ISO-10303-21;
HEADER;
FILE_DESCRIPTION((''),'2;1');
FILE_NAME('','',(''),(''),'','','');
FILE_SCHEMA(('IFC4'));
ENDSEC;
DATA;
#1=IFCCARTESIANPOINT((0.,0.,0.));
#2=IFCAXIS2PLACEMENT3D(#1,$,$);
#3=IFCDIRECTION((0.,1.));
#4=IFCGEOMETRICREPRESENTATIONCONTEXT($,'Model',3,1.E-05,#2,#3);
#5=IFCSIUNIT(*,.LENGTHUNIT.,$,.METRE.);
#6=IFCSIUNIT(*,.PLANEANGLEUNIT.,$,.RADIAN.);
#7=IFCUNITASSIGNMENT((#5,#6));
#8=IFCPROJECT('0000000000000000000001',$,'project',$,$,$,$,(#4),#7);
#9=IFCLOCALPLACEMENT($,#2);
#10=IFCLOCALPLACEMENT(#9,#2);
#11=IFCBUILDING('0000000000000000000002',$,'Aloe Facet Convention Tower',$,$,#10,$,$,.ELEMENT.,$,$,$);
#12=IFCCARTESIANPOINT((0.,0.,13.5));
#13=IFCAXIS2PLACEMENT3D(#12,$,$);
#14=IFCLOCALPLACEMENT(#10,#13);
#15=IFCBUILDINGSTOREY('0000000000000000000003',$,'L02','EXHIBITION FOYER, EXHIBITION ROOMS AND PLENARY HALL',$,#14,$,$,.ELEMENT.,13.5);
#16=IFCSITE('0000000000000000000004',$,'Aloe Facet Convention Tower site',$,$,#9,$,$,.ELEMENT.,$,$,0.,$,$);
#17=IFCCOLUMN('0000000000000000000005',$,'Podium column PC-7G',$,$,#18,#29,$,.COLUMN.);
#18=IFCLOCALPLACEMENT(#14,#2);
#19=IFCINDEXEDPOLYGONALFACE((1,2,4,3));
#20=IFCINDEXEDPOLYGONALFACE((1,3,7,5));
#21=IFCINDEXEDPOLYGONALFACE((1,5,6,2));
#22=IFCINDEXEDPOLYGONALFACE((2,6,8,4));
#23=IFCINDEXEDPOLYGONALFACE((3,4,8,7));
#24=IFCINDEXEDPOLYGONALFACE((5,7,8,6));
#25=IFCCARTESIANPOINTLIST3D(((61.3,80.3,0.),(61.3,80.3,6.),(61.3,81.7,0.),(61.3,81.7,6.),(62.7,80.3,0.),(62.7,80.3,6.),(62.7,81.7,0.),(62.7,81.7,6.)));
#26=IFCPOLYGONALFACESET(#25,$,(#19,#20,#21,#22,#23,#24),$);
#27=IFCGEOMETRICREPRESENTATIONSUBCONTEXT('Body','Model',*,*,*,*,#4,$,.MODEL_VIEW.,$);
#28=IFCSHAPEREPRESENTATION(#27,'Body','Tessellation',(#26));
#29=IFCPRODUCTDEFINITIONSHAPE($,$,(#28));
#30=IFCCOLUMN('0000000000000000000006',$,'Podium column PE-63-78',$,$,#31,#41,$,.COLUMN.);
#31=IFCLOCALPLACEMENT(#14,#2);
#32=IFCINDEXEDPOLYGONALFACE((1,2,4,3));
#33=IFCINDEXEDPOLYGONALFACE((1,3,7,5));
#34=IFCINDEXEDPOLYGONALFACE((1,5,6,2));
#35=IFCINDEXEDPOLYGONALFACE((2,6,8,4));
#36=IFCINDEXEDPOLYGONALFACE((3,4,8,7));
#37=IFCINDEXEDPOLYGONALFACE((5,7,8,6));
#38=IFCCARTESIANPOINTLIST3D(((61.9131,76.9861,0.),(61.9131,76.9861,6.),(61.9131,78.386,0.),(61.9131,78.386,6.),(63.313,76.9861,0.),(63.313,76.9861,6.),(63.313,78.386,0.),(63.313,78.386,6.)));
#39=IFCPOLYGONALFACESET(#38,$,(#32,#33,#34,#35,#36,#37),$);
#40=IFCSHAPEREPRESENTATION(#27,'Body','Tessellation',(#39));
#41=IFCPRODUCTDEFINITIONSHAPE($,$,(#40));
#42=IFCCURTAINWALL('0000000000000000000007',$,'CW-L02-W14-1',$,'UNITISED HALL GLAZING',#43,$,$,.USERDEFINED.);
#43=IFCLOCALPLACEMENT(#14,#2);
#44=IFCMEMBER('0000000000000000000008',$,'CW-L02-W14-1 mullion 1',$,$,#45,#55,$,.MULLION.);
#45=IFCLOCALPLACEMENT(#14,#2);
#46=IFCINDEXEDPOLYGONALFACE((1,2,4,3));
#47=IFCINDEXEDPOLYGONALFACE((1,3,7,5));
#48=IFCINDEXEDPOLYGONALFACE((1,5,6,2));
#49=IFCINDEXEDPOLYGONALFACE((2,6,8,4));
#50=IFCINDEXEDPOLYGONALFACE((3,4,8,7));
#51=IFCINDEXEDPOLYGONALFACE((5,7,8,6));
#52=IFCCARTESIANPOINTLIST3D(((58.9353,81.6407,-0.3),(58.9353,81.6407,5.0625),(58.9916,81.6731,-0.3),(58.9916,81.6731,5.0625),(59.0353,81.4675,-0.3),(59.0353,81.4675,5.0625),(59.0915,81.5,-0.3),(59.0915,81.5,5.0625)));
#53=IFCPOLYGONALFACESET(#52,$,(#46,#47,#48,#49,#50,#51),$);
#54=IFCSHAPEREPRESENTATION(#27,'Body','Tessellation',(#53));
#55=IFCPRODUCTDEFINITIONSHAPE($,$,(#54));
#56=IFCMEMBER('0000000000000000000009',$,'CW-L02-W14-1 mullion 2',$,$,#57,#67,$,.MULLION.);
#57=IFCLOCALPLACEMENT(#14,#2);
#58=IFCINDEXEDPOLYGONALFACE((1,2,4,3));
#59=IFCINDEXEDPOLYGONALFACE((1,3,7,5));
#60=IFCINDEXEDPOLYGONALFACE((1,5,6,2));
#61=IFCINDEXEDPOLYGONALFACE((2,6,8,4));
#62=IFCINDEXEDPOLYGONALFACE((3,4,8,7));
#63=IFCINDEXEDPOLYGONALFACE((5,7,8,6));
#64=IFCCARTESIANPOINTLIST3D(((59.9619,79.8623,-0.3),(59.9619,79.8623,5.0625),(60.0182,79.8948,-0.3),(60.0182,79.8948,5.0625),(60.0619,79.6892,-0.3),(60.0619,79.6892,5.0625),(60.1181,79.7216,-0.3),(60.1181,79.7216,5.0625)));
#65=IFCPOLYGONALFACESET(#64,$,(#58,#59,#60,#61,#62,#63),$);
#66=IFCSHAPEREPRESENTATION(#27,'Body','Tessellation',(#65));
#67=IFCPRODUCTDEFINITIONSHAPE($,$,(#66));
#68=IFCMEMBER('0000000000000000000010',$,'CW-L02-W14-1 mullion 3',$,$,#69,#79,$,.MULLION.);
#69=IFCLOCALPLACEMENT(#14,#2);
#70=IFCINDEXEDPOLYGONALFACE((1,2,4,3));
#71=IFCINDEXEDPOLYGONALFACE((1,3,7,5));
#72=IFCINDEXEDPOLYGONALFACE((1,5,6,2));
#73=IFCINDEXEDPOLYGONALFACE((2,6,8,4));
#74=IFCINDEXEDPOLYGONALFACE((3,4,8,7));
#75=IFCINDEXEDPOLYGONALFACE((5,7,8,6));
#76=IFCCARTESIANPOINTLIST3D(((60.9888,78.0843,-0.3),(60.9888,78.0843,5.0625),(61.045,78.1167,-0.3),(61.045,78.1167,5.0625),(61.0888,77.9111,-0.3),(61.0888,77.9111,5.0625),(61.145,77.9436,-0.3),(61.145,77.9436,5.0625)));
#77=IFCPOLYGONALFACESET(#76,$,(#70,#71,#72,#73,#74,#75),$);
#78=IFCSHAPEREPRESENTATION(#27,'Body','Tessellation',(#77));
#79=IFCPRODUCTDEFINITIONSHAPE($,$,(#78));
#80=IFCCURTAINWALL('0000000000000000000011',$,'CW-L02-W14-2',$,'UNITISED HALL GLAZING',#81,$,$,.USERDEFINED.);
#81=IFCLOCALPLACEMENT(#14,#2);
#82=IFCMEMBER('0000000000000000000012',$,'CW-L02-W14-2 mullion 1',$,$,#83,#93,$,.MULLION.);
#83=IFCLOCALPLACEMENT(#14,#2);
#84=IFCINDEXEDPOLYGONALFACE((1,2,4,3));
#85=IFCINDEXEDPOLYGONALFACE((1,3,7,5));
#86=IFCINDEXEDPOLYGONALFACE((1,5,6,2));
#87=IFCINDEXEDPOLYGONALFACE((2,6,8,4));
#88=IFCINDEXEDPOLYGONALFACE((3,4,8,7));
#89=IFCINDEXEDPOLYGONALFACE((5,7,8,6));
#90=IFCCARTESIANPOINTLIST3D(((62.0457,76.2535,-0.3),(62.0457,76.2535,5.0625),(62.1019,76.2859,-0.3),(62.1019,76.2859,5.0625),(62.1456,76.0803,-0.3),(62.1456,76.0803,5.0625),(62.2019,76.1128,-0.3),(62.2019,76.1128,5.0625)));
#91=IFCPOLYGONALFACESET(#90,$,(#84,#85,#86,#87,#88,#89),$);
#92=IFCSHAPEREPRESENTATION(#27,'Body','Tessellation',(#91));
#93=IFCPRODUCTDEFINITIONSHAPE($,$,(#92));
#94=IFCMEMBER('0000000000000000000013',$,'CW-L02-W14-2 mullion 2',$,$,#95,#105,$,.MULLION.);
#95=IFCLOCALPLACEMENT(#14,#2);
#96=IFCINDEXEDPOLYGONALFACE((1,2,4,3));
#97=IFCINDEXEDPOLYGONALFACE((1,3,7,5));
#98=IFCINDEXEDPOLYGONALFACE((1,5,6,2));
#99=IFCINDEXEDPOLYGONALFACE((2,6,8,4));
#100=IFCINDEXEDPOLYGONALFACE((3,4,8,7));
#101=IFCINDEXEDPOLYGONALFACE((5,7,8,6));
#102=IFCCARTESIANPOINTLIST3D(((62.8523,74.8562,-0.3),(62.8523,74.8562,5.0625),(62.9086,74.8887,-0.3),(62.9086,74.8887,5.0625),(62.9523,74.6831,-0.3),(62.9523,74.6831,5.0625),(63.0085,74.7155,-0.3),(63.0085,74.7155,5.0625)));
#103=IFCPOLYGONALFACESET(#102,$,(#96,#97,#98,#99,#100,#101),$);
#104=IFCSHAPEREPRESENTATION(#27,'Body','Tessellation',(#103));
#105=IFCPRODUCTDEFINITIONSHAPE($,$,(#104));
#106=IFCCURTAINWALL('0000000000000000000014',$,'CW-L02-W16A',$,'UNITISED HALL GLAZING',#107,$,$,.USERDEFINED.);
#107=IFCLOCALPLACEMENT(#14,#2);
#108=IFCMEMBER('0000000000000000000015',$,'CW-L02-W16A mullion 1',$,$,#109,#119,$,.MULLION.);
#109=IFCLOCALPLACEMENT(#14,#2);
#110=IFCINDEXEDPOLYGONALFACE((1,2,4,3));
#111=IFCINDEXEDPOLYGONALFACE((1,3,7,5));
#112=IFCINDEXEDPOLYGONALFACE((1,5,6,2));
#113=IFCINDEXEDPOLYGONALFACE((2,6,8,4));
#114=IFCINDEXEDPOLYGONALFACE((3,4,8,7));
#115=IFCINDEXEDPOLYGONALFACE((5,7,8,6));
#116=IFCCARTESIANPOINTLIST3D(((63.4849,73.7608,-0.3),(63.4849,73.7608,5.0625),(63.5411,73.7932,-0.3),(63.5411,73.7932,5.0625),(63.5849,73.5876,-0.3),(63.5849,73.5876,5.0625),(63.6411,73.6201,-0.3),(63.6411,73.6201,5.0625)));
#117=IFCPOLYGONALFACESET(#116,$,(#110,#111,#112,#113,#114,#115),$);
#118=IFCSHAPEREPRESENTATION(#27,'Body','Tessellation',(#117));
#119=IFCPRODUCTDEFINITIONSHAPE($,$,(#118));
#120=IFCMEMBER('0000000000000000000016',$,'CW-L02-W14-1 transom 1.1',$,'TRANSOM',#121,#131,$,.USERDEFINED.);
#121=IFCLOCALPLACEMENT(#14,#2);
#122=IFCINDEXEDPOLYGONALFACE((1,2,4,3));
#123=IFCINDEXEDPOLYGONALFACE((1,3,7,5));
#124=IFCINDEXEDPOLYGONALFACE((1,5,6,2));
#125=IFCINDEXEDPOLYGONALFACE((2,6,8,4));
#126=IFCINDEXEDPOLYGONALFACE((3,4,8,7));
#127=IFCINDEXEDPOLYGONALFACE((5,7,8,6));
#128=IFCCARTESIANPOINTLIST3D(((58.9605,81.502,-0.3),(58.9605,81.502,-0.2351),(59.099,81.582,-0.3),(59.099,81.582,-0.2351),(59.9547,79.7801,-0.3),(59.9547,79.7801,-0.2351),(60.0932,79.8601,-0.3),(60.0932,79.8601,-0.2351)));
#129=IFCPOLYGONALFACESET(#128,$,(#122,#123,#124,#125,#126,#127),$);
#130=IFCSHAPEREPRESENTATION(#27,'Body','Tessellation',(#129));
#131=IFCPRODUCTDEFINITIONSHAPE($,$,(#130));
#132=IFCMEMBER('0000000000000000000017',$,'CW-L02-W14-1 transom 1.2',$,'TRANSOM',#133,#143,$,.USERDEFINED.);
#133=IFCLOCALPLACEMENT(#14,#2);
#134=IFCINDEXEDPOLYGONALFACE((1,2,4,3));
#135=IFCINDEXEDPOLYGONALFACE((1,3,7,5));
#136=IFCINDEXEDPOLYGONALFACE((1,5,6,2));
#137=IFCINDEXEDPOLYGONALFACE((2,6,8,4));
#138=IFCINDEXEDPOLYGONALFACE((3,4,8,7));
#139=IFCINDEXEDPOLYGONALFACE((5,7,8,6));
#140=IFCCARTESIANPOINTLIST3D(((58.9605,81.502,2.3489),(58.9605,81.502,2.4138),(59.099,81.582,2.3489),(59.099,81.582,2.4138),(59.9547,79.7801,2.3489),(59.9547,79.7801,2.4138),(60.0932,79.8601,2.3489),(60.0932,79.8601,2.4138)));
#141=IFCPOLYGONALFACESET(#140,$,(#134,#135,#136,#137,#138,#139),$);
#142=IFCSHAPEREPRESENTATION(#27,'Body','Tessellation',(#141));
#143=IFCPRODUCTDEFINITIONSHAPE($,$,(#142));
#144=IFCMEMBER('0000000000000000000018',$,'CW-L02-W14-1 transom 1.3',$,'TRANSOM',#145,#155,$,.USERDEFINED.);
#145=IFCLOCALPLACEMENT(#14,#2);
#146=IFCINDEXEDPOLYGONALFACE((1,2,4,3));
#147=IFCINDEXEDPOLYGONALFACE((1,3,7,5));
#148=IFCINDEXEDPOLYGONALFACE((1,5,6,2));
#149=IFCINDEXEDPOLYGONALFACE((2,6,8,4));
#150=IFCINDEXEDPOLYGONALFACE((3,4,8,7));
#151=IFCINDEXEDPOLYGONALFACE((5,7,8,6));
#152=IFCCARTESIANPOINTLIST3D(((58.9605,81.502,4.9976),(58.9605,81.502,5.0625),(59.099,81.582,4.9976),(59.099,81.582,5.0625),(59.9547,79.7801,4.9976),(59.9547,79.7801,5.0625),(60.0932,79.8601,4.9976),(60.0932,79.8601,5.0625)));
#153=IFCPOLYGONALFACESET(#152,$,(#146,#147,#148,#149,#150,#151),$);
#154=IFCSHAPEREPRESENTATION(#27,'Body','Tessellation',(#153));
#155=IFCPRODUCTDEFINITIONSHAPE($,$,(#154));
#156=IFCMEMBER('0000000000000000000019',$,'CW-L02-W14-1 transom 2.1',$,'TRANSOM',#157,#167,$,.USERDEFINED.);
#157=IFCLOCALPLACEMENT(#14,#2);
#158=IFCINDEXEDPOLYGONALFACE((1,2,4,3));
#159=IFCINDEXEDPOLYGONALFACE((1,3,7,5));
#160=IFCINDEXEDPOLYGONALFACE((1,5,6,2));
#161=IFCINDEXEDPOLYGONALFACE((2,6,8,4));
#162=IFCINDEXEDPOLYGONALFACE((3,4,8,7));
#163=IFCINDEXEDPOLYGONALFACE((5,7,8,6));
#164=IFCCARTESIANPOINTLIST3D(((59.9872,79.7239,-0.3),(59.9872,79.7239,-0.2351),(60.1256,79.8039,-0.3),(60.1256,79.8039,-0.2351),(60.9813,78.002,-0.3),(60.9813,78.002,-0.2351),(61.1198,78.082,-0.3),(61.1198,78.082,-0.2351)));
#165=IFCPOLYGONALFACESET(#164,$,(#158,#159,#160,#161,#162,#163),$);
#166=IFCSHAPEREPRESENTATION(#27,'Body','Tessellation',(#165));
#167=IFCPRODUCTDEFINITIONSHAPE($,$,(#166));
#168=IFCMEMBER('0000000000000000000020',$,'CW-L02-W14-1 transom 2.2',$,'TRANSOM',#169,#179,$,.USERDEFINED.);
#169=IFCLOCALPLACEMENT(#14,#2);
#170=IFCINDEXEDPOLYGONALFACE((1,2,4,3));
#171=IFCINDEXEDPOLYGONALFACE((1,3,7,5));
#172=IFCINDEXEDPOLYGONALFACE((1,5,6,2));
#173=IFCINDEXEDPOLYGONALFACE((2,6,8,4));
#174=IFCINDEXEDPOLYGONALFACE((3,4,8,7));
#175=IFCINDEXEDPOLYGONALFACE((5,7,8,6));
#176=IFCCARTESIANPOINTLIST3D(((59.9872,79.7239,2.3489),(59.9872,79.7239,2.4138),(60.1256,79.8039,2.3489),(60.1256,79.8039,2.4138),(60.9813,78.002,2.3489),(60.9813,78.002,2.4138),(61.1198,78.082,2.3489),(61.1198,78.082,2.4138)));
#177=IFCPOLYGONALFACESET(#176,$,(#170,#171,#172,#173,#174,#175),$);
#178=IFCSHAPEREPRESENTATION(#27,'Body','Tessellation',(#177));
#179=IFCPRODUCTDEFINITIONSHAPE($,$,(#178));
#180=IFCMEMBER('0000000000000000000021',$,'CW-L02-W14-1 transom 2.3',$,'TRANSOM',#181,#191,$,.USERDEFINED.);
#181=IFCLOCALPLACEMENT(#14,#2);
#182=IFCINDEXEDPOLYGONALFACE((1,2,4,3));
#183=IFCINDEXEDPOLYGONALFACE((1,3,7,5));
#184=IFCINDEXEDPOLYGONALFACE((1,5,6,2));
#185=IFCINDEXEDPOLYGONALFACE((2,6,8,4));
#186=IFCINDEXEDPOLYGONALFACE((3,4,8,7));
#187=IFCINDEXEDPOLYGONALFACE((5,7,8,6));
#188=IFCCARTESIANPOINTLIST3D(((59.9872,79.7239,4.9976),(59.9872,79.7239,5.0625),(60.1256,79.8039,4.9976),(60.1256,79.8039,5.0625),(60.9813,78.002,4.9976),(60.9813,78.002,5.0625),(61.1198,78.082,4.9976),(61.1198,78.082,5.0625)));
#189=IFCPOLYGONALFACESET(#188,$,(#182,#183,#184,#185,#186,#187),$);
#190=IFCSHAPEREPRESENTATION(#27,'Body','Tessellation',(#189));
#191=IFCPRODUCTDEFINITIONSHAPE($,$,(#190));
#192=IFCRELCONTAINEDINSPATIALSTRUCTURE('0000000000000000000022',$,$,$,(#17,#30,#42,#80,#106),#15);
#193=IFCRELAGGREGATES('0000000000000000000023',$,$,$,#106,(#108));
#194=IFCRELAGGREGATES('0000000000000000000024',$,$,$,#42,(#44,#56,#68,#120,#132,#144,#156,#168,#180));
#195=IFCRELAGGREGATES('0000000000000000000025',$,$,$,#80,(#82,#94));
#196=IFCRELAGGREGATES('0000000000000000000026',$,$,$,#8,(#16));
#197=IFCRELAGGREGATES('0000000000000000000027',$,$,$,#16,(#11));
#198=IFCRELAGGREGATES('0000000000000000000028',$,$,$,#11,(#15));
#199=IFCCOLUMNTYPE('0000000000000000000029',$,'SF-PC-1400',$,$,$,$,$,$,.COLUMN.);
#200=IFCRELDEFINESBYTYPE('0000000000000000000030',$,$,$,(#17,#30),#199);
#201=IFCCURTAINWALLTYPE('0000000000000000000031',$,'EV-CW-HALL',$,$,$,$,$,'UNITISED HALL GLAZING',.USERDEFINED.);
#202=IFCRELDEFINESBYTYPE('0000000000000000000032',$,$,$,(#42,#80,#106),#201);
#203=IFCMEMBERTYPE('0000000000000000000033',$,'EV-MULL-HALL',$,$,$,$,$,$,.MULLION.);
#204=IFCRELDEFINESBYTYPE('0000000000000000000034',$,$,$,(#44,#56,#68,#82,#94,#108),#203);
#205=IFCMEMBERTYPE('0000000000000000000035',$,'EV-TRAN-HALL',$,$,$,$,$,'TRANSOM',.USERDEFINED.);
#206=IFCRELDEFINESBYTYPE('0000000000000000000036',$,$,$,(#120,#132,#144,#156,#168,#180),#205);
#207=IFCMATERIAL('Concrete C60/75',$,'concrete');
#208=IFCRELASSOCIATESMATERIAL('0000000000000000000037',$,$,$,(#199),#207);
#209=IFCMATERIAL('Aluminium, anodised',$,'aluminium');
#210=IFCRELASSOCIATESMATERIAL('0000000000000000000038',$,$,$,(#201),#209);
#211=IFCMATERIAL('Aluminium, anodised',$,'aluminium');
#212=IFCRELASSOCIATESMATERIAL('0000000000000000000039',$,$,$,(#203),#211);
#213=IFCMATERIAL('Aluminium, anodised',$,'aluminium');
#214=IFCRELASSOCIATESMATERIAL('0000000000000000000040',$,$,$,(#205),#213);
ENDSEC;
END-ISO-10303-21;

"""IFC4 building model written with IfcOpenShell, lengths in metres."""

from ifc_helpers import new_model, si_unit, direction, frame, origin, origin_2d, place, context, subcontext, project, spatial, rectangle, extrude, material, material_profile, profile_set, type_object, element, aggregate, save


model = new_model("IFC4")

# Units and contexts
model_context = context("Model", 3, precision=1e-05, world=origin(), true_north=direction((0.0, 1.0)))
body_context = subcontext(model_context, "Body", "Model", "MODEL_VIEW")
ifc_project = project(units=[si_unit("LENGTHUNIT", "METRE"), si_unit("PLANEANGLEUNIT", "RADIAN")], contexts=[model_context])

# Site, building, storey
site_placement = place(None, origin())
site = spatial("IfcSite", under=ifc_project, at=site_placement, Name="Aloe Facet Convention Tower site", CompositionType="ELEMENT", RefElevation=0.0)
building_placement = place(site_placement, origin())
building = spatial("IfcBuilding", under=site, at=building_placement, Name="Aloe Facet Convention Tower", CompositionType="ELEMENT")
storey_placement = place(building_placement, frame((0.0, 0.0, 13.5)))
storey = spatial("IfcBuildingStorey", under=building, at=storey_placement, Name="L02", Description="EXHIBITION FOYER, EXHIBITION ROOMS AND PLENARY HALL", CompositionType="ELEMENT", Elevation=13.5)

# Columns
ifc_material_1 = material(Name="Concrete C60/75", Category="concrete")
ifc_material_profile_1 = material_profile(ifc_material_1, rectangle(XDim=1.3999, YDim=1.3999, at=origin_2d()), Name="SF-PC-1400")
ifc_profile_set_1 = profile_set([ifc_material_profile_1], Name="Concrete C60/75")
column_type = type_object("IfcColumnType", Name="SF-PC-1400", PredefinedType="COLUMN", material=ifc_profile_set_1)
for number, where, z_axis, x_axis, name in (
    (1, (62.0, 81.0, 0.0), (0.0, 0.0, 1.0), (1.0, 0.0, 0.0), "Podium column PC-7G"),
    (2, (62.613, 77.686, 0.0), (0.0, 0.0, 1.0), (1.0, 0.0, 0.0), "Podium column PE-63-78"),
):
    element("IfcColumn", number, at=place(storey_placement, frame(where, z_axis=z_axis, x_axis=x_axis)), inside=storey, type_object=column_type, Name=name, PredefinedType="COLUMN", context=body_context, shape_type="SweptSolid", body=[
        extrude(rectangle(XDim=1.3999, YDim=1.3999, at=origin_2d()), origin(), (0.0, 0.0, 1.0), 6.0),
    ])

# Curtain walls, members
ifc_material_2 = material(Name="Aluminium, anodised", Category="aluminium")
curtain_wall_type = type_object("IfcCurtainWallType", Name="EV-CW-HALL", ElementType="UNITISED HALL GLAZING", PredefinedType="USERDEFINED", material=ifc_material_2)
curtain_wall_1_placement = place(storey_placement, origin())
curtain_wall_1 = element("IfcCurtainWall", 3, at=curtain_wall_1_placement, inside=storey, type_object=curtain_wall_type, Name="CW-L02-W14-1", ObjectType="UNITISED HALL GLAZING", PredefinedType="USERDEFINED")
ifc_material_3 = material(Name="Aluminium, anodised", Category="aluminium")
ifc_material_profile_2 = material_profile(ifc_material_3, rectangle(XDim=0.0649, YDim=0.2, at=origin_2d()), Name="AL 65x200")
ifc_profile_set_2 = profile_set([ifc_material_profile_2], Name="Aluminium, anodised")
member_type_1 = type_object("IfcMemberType", Name="EV-MULL-HALL", PredefinedType="MULLION", material=ifc_profile_set_2)
member_1_placement = place(storey_placement, frame((59.0134, 81.5703, -0.3), z_axis=(0.0, 0.0, 1.0), x_axis=(0.866025, 0.5, 0.0)))
member_1 = element("IfcMember", 4, at=member_1_placement, type_object=member_type_1, Name="CW-L02-W14-1 mullion 1", PredefinedType="MULLION", context=body_context, shape_type="SweptSolid", body=[
    extrude(rectangle(XDim=0.0649, YDim=0.2, at=origin_2d()), origin(), (0.0, 0.0, 1.0), 5.3625),
])
member_2_placement = place(storey_placement, frame((60.04, 79.792, -0.3), z_axis=(0.0, 0.0, 1.0), x_axis=(0.866025, 0.5, 0.0)))
member_2 = element("IfcMember", 5, at=member_2_placement, type_object=member_type_1, Name="CW-L02-W14-1 mullion 2", PredefinedType="MULLION", context=body_context, shape_type="SweptSolid", body=[
    extrude(rectangle(XDim=0.0649, YDim=0.2, at=origin_2d()), origin(), (0.0, 0.0, 1.0), 5.3625),
])
member_3_placement = place(storey_placement, frame((61.0669, 78.0139, -0.3), z_axis=(0.0, 0.0, 1.0), x_axis=(0.866025, 0.5, 0.0)))
member_3 = element("IfcMember", 6, at=member_3_placement, type_object=member_type_1, Name="CW-L02-W14-1 mullion 3", PredefinedType="MULLION", context=body_context, shape_type="SweptSolid", body=[
    extrude(rectangle(XDim=0.0649, YDim=0.2, at=origin_2d()), origin(), (0.0, 0.0, 1.0), 5.3625),
])
curtain_wall_2_placement = place(storey_placement, origin())
curtain_wall_2 = element("IfcCurtainWall", 7, at=curtain_wall_2_placement, inside=storey, type_object=curtain_wall_type, Name="CW-L02-W14-2", ObjectType="UNITISED HALL GLAZING", PredefinedType="USERDEFINED")
member_4_placement = place(storey_placement, frame((62.1238, 76.1831, -0.3), z_axis=(0.0, 0.0, 1.0), x_axis=(0.866025, 0.5, 0.0)))
member_4 = element("IfcMember", 8, at=member_4_placement, type_object=member_type_1, Name="CW-L02-W14-2 mullion 1", PredefinedType="MULLION", context=body_context, shape_type="SweptSolid", body=[
    extrude(rectangle(XDim=0.0649, YDim=0.2, at=origin_2d()), origin(), (0.0, 0.0, 1.0), 5.3625),
])
member_5_placement = place(storey_placement, frame((62.9304, 74.7859, -0.3), z_axis=(0.0, 0.0, 1.0), x_axis=(0.866025, 0.5, 0.0)))
member_5 = element("IfcMember", 9, at=member_5_placement, type_object=member_type_1, Name="CW-L02-W14-2 mullion 2", PredefinedType="MULLION", context=body_context, shape_type="SweptSolid", body=[
    extrude(rectangle(XDim=0.0649, YDim=0.2, at=origin_2d()), origin(), (0.0, 0.0, 1.0), 5.3625),
])

# Curtain wall, member
curtain_wall_3_placement = place(storey_placement, origin())
curtain_wall_3 = element("IfcCurtainWall", 10, at=curtain_wall_3_placement, inside=storey, type_object=curtain_wall_type, Name="CW-L02-W16A", ObjectType="UNITISED HALL GLAZING", PredefinedType="USERDEFINED")
member_6_placement = place(storey_placement, frame((63.563, 73.6904, -0.3), z_axis=(0.0, 0.0, 1.0), x_axis=(0.866025, 0.5, 0.0)))
member_6 = element("IfcMember", 11, at=member_6_placement, type_object=member_type_1, Name="CW-L02-W16A mullion 1", PredefinedType="MULLION", context=body_context, shape_type="SweptSolid", body=[
    extrude(rectangle(XDim=0.0649, YDim=0.2, at=origin_2d()), origin(), (0.0, 0.0, 1.0), 5.3625),
])

# Members
ifc_material_4 = material(Name="Aluminium, anodised", Category="aluminium")
ifc_material_profile_3 = material_profile(ifc_material_4, rectangle(XDim=0.1599, YDim=0.0649, at=origin_2d()), Name="AL 160x65")
ifc_profile_set_3 = profile_set([ifc_material_profile_3], Name="Aluminium, anodised")
member_type_2 = type_object("IfcMemberType", Name="EV-TRAN-HALL", ElementType="TRANSOM", PredefinedType="USERDEFINED", material=ifc_profile_set_3)
member_7_placement = place(storey_placement, frame((59.0298, 81.542, -0.2676), z_axis=(0.499995, -0.866028, 0.0), x_axis=(0.866028, 0.499995, 0.0)))
member_7 = element("IfcMember", 12, at=member_7_placement, type_object=member_type_2, Name="CW-L02-W14-1 transom 1.1", ObjectType="TRANSOM", PredefinedType="USERDEFINED", context=body_context, shape_type="SweptSolid", body=[
    extrude(rectangle(XDim=0.1599, YDim=0.0649, at=origin_2d()), origin(), (0.0, 0.0, 1.0), 1.9883),
])
member_8_placement = place(storey_placement, frame((59.0298, 81.542, 2.3813), z_axis=(0.499995, -0.866028, 0.0), x_axis=(0.866028, 0.499995, 0.0)))
member_8 = element("IfcMember", 13, at=member_8_placement, type_object=member_type_2, Name="CW-L02-W14-1 transom 1.2", ObjectType="TRANSOM", PredefinedType="USERDEFINED", context=body_context, shape_type="SweptSolid", body=[
    extrude(rectangle(XDim=0.1599, YDim=0.0649, at=origin_2d()), origin(), (0.0, 0.0, 1.0), 1.9883),
])
member_9_placement = place(storey_placement, frame((59.0298, 81.542, 5.03), z_axis=(0.499995, -0.866028, 0.0), x_axis=(0.866028, 0.499995, 0.0)))
member_9 = element("IfcMember", 14, at=member_9_placement, type_object=member_type_2, Name="CW-L02-W14-1 transom 1.3", ObjectType="TRANSOM", PredefinedType="USERDEFINED", context=body_context, shape_type="SweptSolid", body=[
    extrude(rectangle(XDim=0.1599, YDim=0.0649, at=origin_2d()), origin(), (0.0, 0.0, 1.0), 1.9883),
])
member_10_placement = place(storey_placement, frame((60.0564, 79.7639, -0.2676), z_axis=(0.499995, -0.866028, 0.0), x_axis=(0.866028, 0.499995, 0.0)))
member_10 = element("IfcMember", 15, at=member_10_placement, type_object=member_type_2, Name="CW-L02-W14-1 transom 2.1", ObjectType="TRANSOM", PredefinedType="USERDEFINED", context=body_context, shape_type="SweptSolid", body=[
    extrude(rectangle(XDim=0.1599, YDim=0.0649, at=origin_2d()), origin(), (0.0, 0.0, 1.0), 1.9883),
])
member_11_placement = place(storey_placement, frame((60.0564, 79.7639, 2.3813), z_axis=(0.499995, -0.866028, 0.0), x_axis=(0.866028, 0.499995, 0.0)))
member_11 = element("IfcMember", 16, at=member_11_placement, type_object=member_type_2, Name="CW-L02-W14-1 transom 2.2", ObjectType="TRANSOM", PredefinedType="USERDEFINED", context=body_context, shape_type="SweptSolid", body=[
    extrude(rectangle(XDim=0.1599, YDim=0.0649, at=origin_2d()), origin(), (0.0, 0.0, 1.0), 1.9883),
])
member_12_placement = place(storey_placement, frame((60.0564, 79.7639, 5.03), z_axis=(0.499995, -0.866028, 0.0), x_axis=(0.866028, 0.499995, 0.0)))
member_12 = element("IfcMember", 17, at=member_12_placement, type_object=member_type_2, Name="CW-L02-W14-1 transom 2.3", ObjectType="TRANSOM", PredefinedType="USERDEFINED", context=body_context, shape_type="SweptSolid", body=[
    extrude(rectangle(XDim=0.1599, YDim=0.0649, at=origin_2d()), origin(), (0.0, 0.0, 1.0), 1.9883),
])
aggregate(curtain_wall_3, [member_6])

aggregate(curtain_wall_1, [member_1, member_2, member_3, member_7, member_8, member_9, member_10, member_11, member_12])
aggregate(curtain_wall_2, [member_4, member_5])

save(model, "model.ifc")
